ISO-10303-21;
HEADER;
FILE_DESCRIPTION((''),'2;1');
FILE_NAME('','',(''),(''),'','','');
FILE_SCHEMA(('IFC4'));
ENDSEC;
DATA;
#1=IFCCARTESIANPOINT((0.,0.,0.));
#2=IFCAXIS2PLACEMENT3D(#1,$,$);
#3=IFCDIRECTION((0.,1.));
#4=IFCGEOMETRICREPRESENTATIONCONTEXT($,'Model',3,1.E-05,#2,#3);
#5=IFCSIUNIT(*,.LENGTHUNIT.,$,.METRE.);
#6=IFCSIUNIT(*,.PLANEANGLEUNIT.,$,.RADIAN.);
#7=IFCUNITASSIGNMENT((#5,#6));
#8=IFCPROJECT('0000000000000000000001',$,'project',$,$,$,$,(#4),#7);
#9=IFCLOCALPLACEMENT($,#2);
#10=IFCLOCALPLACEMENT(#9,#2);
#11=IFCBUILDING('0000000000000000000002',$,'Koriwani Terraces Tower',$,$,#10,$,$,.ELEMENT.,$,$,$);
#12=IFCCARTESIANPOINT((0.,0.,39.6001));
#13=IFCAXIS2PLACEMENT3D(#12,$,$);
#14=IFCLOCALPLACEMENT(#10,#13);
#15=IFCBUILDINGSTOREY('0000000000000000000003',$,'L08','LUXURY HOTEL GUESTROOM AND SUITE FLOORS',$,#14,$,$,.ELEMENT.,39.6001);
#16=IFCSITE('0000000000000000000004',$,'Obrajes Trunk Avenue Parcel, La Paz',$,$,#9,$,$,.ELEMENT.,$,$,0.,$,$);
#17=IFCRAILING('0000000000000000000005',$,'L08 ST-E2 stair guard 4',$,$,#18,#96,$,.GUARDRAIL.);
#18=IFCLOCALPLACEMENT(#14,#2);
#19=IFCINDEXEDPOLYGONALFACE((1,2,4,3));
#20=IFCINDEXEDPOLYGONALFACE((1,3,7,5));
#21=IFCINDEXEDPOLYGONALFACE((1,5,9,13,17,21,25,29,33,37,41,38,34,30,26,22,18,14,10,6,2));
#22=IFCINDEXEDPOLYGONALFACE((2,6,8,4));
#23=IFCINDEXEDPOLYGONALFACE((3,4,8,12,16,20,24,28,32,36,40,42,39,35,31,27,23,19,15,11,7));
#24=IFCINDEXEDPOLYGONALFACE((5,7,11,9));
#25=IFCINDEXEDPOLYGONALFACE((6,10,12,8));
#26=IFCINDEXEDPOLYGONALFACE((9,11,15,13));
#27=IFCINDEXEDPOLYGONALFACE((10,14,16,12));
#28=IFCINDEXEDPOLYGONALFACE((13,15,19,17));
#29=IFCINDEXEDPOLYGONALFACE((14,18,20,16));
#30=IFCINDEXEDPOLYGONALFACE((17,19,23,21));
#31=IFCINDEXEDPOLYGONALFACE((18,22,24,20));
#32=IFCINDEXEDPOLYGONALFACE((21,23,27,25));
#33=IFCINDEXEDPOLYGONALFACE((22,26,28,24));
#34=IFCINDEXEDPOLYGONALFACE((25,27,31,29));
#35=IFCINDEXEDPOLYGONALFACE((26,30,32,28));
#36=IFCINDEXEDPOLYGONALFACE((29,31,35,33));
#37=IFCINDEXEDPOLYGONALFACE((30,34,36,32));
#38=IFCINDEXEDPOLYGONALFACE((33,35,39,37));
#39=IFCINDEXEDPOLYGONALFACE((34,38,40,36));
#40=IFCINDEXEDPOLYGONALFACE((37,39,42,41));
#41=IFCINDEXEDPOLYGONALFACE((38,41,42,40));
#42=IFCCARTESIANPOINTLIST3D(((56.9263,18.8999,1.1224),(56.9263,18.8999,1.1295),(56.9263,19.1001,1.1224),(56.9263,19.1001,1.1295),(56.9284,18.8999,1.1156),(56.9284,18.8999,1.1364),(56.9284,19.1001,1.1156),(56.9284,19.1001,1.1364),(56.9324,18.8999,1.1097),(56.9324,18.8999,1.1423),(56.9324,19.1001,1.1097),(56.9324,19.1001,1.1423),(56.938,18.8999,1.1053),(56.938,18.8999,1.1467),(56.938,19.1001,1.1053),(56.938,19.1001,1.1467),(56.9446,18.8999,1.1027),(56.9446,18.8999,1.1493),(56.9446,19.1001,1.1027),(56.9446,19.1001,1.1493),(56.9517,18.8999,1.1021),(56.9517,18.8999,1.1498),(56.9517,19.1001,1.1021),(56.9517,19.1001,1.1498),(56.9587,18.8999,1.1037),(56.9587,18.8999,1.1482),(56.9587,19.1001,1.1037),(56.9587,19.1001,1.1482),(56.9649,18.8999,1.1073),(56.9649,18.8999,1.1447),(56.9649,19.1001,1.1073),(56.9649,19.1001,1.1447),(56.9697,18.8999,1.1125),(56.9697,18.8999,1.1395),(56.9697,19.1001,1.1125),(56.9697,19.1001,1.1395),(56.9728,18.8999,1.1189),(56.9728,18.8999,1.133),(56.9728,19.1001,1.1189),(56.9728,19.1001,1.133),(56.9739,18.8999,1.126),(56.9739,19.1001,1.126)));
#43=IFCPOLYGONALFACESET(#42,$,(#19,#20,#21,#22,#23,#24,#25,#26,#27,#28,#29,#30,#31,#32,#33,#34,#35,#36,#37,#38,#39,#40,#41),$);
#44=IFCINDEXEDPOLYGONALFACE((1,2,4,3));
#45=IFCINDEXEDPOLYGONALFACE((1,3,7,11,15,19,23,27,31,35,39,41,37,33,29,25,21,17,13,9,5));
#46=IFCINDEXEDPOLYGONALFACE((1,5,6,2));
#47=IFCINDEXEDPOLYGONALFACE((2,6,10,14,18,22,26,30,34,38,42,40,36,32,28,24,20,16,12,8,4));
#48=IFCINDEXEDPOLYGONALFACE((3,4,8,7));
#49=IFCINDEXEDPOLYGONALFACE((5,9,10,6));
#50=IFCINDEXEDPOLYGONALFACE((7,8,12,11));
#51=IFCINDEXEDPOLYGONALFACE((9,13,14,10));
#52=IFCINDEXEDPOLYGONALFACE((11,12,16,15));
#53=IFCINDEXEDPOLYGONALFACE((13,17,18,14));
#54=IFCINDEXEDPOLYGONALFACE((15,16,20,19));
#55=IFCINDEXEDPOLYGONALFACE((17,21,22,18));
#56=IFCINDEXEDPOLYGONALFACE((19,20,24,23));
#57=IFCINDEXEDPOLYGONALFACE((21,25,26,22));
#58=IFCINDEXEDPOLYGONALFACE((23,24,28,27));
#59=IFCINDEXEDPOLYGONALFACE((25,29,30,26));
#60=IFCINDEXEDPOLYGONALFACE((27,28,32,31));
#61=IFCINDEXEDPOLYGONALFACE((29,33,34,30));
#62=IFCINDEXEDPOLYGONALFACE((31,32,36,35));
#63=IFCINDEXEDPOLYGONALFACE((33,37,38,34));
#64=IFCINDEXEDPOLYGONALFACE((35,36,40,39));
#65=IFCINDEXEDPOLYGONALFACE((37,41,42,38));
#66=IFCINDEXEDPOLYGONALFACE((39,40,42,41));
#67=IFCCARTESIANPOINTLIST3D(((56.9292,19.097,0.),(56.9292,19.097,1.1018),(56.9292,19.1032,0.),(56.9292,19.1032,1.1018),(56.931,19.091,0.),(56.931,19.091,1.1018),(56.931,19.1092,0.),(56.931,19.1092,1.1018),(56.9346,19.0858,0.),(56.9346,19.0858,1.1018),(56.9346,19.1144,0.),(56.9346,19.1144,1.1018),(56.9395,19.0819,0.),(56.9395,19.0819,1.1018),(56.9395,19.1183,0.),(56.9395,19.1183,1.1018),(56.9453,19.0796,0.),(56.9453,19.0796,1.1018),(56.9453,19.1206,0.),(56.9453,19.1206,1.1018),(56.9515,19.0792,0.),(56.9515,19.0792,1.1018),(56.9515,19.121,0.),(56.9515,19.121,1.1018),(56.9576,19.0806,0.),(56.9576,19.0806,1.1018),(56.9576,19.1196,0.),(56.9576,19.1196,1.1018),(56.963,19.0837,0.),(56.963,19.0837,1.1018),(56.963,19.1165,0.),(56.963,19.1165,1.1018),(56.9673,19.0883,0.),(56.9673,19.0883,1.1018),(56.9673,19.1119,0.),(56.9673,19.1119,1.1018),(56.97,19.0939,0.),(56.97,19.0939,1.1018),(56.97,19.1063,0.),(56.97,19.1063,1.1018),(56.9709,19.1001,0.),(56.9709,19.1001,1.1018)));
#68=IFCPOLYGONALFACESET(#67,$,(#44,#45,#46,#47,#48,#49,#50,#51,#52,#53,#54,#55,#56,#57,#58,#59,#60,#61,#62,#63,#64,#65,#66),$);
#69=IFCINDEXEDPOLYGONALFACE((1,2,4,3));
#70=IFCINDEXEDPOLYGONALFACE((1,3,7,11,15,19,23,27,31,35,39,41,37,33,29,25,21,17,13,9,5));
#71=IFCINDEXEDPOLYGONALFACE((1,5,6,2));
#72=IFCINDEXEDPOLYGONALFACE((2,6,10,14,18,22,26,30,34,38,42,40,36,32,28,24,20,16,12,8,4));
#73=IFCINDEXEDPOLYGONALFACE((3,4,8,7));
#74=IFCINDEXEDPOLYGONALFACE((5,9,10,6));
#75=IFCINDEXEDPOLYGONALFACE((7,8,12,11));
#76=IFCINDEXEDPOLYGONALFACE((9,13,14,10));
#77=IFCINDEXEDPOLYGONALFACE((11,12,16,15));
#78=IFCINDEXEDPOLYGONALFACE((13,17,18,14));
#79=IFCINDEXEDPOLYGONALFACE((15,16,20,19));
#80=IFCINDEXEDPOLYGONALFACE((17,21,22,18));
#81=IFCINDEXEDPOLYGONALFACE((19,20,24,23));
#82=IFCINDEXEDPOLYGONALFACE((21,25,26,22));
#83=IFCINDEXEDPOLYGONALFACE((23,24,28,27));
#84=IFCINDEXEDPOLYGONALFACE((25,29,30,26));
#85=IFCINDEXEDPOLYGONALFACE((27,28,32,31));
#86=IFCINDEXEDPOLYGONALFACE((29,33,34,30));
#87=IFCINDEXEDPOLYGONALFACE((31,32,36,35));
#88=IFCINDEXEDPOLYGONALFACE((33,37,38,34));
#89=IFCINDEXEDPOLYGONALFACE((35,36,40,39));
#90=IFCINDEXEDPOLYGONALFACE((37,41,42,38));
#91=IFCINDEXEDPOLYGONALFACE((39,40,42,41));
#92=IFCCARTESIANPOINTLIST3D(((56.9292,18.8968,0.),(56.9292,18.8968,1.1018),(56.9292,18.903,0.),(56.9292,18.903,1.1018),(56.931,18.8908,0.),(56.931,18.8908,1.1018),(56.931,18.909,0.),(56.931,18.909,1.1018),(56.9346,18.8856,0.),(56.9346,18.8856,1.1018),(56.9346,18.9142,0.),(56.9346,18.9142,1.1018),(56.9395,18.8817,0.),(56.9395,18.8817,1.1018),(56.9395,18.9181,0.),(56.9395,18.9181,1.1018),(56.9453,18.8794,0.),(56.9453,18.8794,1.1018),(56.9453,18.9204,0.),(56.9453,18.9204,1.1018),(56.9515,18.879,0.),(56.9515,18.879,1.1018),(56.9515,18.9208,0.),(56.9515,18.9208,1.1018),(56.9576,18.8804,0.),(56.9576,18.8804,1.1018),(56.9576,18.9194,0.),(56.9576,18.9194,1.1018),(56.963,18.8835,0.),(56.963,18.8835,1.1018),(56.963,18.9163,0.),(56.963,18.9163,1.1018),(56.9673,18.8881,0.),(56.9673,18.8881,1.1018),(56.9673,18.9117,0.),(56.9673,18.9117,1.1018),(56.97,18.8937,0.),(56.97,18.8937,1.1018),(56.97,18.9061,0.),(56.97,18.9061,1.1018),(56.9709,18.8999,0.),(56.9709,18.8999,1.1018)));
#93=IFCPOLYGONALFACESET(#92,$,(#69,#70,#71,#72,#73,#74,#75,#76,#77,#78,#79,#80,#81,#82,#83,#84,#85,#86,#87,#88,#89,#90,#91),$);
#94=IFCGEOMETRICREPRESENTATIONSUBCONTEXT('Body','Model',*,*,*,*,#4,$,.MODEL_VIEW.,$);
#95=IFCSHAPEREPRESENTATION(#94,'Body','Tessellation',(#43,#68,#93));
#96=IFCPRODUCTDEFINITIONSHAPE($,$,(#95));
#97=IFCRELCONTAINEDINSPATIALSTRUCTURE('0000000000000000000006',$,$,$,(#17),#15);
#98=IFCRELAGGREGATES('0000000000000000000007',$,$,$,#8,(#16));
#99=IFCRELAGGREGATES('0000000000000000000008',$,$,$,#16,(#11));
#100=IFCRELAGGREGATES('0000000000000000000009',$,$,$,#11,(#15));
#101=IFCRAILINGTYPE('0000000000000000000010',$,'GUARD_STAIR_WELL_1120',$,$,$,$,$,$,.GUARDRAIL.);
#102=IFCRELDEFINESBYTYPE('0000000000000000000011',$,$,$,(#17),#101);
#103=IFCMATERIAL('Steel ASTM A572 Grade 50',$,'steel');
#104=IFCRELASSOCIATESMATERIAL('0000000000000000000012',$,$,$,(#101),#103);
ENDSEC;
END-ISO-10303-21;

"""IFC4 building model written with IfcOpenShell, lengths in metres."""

from ifc_helpers import new_model, si_unit, direction, frame, origin, origin_2d, place, context, subcontext, project, spatial, circle, extrude, material, type_object, element, save


model = new_model("IFC4")

# Units and contexts
model_context = context("Model", 3, precision=1e-05, world=origin(), true_north=direction((0.0, 1.0)))
body_context = subcontext(model_context, "Body", "Model", "MODEL_VIEW")
ifc_project = project(units=[si_unit("LENGTHUNIT", "METRE"), si_unit("PLANEANGLEUNIT", "RADIAN")], contexts=[model_context])

# Site, building, storey
site_placement = place(None, origin())
site = spatial("IfcSite", under=ifc_project, at=site_placement, Name="Obrajes Trunk Avenue Parcel, La Paz", CompositionType="ELEMENT", RefElevation=0.0)
building_placement = place(site_placement, origin())
building = spatial("IfcBuilding", under=site, at=building_placement, Name="Koriwani Terraces Tower", CompositionType="ELEMENT")
storey_placement = place(building_placement, frame((0.0, 0.0, 39.6001)))
storey = spatial("IfcBuildingStorey", under=building, at=storey_placement, Name="L08", Description="LUXURY HOTEL GUESTROOM AND SUITE FLOORS", CompositionType="ELEMENT", Elevation=39.6001)

# Shared definitions
ifc_material_1 = material(Name="Steel ASTM A572 Grade 50", Category="steel")

# Railing
railing_type_1 = type_object("IfcRailingType", Name="GUARD_STAIR_WELL_1120", PredefinedType="GUARDRAIL", material=ifc_material_1)
railing_1_placement = place(storey_placement, frame((56.95, 19.1001, 0.0)))
element("IfcRailing", 1, at=railing_1_placement, inside=storey, type_object=railing_type_1, Name="L08 ST-E2 stair guard 4", PredefinedType="GUARDRAIL", context=body_context, shape_type="SweptSolid", body=[
    extrude(circle(Radius=0.0239, at=origin_2d()), frame((0.0, 0.0, 1.126), z_axis=(0.0, -1.0, 0.0), x_axis=(1.0, 0.0, 0.0)), (0.0, 0.0, 1.0), 0.2002),
    extrude(circle(Radius=0.021, at=origin_2d()), origin(), (0.0, 0.0, 1.0), 1.1018),
    extrude(circle(Radius=0.021, at=origin_2d()), frame((0.0, -0.2002, 0.0)), (0.0, 0.0, 1.0), 1.1018),
])

save(model, "model.ifc")
